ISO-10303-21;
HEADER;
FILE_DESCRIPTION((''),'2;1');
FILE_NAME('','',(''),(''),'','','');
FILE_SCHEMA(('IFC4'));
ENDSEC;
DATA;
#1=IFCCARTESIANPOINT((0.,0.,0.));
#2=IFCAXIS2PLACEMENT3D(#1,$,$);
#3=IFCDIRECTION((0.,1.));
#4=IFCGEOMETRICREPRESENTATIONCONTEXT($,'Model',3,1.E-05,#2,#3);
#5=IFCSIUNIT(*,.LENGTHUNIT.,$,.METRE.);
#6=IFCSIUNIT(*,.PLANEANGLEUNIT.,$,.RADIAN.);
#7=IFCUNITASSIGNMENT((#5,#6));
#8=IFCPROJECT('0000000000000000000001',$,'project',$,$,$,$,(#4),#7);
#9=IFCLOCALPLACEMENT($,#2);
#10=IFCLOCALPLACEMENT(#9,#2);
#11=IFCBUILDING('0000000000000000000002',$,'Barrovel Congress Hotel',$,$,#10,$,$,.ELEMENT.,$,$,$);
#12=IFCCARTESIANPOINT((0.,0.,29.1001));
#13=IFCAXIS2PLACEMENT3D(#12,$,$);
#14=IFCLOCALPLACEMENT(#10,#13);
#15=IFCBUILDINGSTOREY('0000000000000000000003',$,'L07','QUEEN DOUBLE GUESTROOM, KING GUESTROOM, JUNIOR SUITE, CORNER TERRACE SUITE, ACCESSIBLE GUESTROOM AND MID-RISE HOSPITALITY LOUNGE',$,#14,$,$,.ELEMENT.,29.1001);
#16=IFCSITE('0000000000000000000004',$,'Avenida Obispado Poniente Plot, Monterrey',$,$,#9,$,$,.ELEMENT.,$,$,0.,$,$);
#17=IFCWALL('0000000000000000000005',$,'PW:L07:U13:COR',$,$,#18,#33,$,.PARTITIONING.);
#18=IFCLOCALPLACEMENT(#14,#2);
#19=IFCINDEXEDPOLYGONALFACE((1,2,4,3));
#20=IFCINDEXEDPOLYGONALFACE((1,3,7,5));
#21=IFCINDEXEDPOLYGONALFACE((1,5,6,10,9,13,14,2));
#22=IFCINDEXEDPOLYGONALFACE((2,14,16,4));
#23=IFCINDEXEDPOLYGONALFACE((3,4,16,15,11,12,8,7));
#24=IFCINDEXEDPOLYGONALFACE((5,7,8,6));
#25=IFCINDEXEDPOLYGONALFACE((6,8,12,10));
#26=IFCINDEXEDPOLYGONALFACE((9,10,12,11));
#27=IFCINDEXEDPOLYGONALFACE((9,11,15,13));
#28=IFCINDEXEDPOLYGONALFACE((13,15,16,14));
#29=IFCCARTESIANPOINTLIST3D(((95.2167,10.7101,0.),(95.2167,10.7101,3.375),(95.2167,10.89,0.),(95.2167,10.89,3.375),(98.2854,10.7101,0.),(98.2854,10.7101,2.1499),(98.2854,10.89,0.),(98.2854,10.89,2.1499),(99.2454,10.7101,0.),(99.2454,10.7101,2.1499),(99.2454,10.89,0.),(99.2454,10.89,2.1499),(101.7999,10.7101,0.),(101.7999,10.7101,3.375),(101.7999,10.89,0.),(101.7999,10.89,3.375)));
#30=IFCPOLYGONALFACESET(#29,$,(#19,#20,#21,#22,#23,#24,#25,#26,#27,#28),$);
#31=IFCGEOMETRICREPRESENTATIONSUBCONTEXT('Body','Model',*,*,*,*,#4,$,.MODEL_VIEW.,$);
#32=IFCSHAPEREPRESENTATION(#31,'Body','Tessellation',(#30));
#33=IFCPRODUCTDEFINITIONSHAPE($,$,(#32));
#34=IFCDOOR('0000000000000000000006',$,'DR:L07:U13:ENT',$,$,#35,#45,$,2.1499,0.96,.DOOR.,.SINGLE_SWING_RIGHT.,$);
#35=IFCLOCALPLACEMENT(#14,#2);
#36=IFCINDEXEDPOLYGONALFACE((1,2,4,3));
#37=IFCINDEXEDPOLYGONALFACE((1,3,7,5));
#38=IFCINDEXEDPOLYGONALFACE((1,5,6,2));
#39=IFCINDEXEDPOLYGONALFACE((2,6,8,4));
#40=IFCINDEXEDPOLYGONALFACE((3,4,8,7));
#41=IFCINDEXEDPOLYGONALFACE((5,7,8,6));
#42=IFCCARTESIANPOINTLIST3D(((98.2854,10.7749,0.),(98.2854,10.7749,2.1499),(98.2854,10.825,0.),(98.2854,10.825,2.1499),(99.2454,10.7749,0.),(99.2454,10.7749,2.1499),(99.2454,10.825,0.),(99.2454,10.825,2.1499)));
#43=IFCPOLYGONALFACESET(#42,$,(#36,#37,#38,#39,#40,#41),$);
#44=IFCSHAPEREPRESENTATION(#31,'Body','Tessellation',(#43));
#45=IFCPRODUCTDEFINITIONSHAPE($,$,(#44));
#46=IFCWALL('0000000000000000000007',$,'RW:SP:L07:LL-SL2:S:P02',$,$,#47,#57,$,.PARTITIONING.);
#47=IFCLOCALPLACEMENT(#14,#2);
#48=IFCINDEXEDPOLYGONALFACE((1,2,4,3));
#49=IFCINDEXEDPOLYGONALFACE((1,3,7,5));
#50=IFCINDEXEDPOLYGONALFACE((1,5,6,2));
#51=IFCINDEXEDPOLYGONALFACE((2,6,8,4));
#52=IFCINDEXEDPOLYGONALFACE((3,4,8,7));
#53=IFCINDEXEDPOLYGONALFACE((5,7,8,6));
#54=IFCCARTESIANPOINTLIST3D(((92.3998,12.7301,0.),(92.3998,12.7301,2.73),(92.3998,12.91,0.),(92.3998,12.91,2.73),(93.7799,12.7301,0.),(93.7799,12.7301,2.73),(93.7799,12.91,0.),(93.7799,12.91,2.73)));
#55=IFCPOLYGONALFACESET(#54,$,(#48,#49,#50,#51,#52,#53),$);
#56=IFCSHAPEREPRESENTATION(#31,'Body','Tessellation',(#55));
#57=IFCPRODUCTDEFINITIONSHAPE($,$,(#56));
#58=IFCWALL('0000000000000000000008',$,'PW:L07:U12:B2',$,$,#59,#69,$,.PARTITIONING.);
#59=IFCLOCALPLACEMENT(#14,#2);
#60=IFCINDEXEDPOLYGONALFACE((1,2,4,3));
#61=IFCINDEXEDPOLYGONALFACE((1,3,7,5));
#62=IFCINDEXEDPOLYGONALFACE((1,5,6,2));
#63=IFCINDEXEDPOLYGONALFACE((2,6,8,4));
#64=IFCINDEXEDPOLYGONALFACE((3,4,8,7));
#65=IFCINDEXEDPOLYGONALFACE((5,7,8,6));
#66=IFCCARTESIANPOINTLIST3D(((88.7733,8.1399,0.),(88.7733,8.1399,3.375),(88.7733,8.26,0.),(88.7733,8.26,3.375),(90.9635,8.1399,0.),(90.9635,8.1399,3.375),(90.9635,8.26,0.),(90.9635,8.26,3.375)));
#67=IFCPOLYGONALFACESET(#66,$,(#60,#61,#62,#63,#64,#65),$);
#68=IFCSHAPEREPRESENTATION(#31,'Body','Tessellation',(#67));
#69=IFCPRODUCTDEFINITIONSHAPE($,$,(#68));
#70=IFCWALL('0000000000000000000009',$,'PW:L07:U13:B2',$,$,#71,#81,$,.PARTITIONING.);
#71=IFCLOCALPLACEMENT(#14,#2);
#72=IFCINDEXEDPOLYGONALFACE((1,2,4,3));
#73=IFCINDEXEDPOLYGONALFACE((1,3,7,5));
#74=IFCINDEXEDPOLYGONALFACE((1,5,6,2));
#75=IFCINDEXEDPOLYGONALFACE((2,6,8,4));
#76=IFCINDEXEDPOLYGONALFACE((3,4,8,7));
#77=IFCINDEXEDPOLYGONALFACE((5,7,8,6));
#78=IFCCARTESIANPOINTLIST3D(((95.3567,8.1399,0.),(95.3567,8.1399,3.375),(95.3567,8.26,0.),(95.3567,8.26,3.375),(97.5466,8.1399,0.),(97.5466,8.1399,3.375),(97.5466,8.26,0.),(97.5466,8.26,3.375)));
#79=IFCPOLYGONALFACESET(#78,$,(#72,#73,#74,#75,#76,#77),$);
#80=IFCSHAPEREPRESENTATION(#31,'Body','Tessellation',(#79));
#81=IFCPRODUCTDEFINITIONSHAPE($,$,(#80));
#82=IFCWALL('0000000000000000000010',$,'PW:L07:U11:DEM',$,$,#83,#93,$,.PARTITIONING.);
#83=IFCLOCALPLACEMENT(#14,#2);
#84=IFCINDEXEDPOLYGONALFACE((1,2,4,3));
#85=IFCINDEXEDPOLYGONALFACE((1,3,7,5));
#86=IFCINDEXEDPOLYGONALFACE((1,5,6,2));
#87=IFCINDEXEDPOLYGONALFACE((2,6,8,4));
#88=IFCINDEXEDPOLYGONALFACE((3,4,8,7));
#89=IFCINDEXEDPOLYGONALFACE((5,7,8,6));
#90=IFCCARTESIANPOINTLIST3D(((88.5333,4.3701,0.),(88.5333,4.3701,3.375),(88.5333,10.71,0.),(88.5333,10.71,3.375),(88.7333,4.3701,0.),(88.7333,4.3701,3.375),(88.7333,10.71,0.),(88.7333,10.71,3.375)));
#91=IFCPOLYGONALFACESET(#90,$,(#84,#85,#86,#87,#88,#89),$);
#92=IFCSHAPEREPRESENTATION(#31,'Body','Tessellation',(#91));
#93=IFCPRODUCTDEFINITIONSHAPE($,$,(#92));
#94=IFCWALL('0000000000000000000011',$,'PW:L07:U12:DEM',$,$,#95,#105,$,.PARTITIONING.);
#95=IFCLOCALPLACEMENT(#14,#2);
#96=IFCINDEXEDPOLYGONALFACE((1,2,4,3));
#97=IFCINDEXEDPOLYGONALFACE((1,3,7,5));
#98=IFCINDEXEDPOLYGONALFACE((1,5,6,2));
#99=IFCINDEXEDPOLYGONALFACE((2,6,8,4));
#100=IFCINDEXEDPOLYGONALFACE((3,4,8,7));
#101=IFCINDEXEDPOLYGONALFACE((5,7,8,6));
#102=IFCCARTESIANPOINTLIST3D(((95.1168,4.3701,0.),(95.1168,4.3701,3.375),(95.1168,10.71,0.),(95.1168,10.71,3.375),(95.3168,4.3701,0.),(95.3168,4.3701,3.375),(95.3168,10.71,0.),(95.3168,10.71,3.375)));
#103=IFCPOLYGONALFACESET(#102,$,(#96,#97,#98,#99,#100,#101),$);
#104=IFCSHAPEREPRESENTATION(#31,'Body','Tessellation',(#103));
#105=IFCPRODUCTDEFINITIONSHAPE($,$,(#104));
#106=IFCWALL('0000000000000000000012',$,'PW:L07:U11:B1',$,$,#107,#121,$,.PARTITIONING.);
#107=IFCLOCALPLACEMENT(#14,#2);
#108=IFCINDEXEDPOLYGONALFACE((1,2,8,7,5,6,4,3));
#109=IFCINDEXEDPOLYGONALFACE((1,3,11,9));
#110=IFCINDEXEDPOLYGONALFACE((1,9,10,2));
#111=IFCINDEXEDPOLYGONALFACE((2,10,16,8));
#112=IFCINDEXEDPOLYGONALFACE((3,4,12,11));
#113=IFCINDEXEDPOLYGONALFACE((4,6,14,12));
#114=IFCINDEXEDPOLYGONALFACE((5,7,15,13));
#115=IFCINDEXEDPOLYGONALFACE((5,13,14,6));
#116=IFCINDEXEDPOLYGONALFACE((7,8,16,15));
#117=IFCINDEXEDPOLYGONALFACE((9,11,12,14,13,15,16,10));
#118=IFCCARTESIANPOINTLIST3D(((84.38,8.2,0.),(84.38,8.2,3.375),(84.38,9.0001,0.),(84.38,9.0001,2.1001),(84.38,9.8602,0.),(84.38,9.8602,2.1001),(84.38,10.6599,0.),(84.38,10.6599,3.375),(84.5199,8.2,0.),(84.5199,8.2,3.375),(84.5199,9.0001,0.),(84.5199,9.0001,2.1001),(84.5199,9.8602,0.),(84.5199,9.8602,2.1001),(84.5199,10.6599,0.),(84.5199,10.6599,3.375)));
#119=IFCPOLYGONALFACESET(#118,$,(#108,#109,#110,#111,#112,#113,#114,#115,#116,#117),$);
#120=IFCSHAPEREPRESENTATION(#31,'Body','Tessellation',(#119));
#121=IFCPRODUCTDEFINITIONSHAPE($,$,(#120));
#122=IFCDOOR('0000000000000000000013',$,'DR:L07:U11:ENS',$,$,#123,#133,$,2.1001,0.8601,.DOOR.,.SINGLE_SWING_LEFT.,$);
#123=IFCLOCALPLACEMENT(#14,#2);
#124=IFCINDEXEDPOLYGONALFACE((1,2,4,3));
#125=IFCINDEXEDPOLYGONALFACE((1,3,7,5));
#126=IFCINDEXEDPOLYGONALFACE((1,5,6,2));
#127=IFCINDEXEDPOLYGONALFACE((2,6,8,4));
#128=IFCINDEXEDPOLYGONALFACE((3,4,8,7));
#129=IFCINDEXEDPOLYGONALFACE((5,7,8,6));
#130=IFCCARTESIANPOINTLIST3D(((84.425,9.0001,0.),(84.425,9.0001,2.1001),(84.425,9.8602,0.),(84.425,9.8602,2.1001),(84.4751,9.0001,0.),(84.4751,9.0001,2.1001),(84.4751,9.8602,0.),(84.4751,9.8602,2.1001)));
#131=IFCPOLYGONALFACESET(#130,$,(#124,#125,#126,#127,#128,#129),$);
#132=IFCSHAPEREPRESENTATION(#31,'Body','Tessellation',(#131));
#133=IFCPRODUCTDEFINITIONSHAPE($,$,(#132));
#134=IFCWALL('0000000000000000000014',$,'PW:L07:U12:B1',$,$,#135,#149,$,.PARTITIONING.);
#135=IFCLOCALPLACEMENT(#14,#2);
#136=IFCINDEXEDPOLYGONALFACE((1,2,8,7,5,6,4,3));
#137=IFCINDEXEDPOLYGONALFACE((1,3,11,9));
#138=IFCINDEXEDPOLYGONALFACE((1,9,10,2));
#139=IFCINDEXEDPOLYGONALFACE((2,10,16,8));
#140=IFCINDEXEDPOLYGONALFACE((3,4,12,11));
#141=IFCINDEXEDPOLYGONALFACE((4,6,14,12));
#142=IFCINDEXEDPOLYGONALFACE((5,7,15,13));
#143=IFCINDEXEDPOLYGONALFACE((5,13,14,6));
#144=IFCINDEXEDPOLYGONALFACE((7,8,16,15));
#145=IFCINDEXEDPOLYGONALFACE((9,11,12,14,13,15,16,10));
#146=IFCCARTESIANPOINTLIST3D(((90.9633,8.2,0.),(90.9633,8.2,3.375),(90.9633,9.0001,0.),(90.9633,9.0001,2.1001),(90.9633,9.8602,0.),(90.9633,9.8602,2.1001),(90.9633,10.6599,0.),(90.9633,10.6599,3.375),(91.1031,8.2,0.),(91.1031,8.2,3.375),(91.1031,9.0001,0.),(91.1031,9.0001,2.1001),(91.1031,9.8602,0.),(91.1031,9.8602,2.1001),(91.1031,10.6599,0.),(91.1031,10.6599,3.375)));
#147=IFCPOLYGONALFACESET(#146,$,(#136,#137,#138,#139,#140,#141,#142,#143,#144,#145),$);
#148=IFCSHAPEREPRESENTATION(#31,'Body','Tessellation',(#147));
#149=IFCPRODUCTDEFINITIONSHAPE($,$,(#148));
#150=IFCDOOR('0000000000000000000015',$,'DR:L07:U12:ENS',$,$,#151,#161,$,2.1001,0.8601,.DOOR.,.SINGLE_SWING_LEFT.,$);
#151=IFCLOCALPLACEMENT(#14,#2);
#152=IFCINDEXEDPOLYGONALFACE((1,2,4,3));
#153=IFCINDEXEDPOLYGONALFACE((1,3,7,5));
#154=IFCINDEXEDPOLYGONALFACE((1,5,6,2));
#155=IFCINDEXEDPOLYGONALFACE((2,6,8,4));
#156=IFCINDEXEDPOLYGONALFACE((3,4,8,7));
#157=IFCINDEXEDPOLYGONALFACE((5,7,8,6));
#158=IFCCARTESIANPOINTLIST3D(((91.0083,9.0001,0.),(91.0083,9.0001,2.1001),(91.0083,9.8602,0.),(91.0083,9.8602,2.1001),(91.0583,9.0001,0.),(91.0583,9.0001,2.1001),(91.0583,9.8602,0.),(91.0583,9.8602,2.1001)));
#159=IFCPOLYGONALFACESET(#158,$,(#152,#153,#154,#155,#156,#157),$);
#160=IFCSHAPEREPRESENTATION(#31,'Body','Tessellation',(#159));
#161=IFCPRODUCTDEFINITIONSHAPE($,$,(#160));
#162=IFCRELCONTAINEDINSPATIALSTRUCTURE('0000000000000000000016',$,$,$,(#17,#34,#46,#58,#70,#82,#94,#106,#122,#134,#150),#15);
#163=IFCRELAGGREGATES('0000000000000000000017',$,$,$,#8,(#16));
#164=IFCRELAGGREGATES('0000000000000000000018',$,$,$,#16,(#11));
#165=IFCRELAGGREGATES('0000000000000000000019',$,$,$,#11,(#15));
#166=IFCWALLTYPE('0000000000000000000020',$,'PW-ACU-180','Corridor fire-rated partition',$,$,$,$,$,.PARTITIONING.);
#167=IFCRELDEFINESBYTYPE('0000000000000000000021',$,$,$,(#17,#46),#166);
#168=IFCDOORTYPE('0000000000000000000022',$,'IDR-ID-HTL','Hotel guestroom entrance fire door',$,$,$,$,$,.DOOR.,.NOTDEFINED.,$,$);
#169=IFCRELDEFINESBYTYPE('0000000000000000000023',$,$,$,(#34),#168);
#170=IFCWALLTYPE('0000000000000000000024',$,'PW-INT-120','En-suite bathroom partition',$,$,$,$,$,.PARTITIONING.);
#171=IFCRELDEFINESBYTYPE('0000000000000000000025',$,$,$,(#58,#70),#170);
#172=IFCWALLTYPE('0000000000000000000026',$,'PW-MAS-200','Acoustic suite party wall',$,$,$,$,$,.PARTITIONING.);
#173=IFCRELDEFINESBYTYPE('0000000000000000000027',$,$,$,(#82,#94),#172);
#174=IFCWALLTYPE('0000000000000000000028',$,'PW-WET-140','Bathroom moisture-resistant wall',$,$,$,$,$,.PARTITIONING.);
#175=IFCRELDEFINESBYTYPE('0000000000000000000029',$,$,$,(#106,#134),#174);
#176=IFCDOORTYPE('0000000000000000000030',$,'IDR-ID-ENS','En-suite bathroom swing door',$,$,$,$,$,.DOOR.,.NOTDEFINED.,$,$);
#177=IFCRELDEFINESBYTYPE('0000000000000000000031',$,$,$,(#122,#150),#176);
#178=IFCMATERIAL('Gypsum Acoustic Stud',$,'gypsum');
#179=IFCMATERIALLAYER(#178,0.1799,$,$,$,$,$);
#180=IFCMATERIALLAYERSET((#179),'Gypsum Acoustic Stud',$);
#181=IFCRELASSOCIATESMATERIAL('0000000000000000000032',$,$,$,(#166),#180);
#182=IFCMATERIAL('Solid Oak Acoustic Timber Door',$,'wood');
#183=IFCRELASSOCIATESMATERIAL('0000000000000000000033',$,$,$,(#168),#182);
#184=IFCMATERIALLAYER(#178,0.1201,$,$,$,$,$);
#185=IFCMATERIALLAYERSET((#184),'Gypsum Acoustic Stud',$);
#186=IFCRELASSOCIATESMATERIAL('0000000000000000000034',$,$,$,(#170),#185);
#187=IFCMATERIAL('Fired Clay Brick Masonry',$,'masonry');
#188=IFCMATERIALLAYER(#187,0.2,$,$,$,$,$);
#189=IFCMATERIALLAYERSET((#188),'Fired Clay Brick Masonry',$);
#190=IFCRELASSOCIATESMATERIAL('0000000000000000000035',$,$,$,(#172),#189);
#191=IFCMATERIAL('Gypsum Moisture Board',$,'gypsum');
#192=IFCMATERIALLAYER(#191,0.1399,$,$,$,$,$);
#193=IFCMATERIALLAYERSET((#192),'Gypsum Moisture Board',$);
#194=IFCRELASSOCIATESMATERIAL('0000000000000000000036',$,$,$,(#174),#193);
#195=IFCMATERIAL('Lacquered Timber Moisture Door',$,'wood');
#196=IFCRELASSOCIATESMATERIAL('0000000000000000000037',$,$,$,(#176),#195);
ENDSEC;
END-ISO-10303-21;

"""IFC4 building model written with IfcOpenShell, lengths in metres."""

from ifc_helpers import new_model, si_unit, direction, frame, frame_2d, origin, place, context, subcontext, project, spatial, rectangle, extrude, material, layer, layer_set, type_object, element, fill, save


model = new_model("IFC4")

# Units and contexts
model_context = context("Model", 3, precision=1e-05, world=origin(), true_north=direction((0.0, 1.0)))
body_context = subcontext(model_context, "Body", "Model", "MODEL_VIEW")
ifc_project = project(units=[si_unit("LENGTHUNIT", "METRE"), si_unit("PLANEANGLEUNIT", "RADIAN")], contexts=[model_context])

# Site, building, storey
site_placement = place(None, origin())
site = spatial("IfcSite", under=ifc_project, at=site_placement, Name="Avenida Obispado Poniente Plot, Monterrey", CompositionType="ELEMENT", RefElevation=0.0)
building_placement = place(site_placement, origin())
building = spatial("IfcBuilding", under=site, at=building_placement, Name="Barrovel Congress Hotel", CompositionType="ELEMENT")
storey_placement = place(building_placement, frame((0.0, 0.0, 29.1001)))
storey = spatial("IfcBuildingStorey", under=building, at=storey_placement, Name="L07", Description="QUEEN DOUBLE GUESTROOM, KING GUESTROOM, JUNIOR SUITE, CORNER TERRACE SUITE, ACCESSIBLE GUESTROOM AND MID-RISE HOSPITALITY LOUNGE", CompositionType="ELEMENT", Elevation=29.1001)

# Shared definitions
ifc_material_1 = material(Name="Fired Clay Brick Masonry", Category="masonry")

# Wall, opening, door
ifc_material_2 = material(Name="Gypsum Acoustic Stud", Category="gypsum")
ifc_layer_1 = layer(ifc_material_2, 0.1799)
ifc_layer_set_1 = layer_set([ifc_layer_1], Name="Gypsum Acoustic Stud")
wall_type_1 = type_object("IfcWallType", Name="PW-ACU-180", Description="Corridor fire-rated partition", PredefinedType="PARTITIONING", material=ifc_layer_set_1)
ifc_material_3 = material(Name="Solid Oak Acoustic Timber Door", Category="wood")
door_type_1 = type_object("IfcDoorType", Name="IDR-ID-HTL", Description="Hotel guestroom entrance fire door", OperationType="NOTDEFINED", PredefinedType="DOOR", material=ifc_material_3)
wall_1_placement = place(storey_placement, frame((95.2168, 10.8, 0.0), z_axis=(0.0, 0.0, 1.0), x_axis=(1.0, 0.0, 0.0)))
wall_1 = element("IfcWall", 1, at=wall_1_placement, inside=storey, type_object=wall_type_1, Name="PW:L07:U13:COR", PredefinedType="PARTITIONING", context=body_context, shape_type="SweptSolid", body=[
    extrude(rectangle(XDim=6.5833, YDim=0.1799, at=frame_2d((3.2915, 0.0))), origin(), (0.0, 0.0, 1.0), 3.375),
])
opening_1_placement = place(wall_1_placement, frame((3.0686, 0.0, 0.0)))
opening_1 = element("IfcOpeningElement", 2, at=opening_1_placement, cuts=wall_1, PredefinedType="OPENING", context=body_context, shape_type="SweptSolid", body=[
    extrude(rectangle(XDim=0.96, YDim=2.1499, at=frame_2d((0.48, 1.075))), frame((0.0, 0.1001, 0.0), z_axis=(0.0, -1.0, 0.0), x_axis=(1.0, 0.0, 0.0)), (0.0, 0.0, 1.0), 0.2),
])
door_1_placement = place(opening_1_placement, origin())
door_1 = element("IfcDoor", 3, at=door_1_placement, inside=storey, type_object=door_type_1, Name="DR:L07:U13:ENT", OperationType="SINGLE_SWING_RIGHT", OverallHeight=2.1499, OverallWidth=0.96, PredefinedType="DOOR", context=body_context, shape_type="SweptSolid", body=[
    extrude(rectangle(XDim=0.96, YDim=2.1499, at=frame_2d((0.48, 1.075))), frame((0.0, 0.0249, 0.0), z_axis=(0.0, -1.0, 0.0), x_axis=(1.0, 0.0, 0.0)), (0.0, 0.0, 1.0), 0.05),
])
fill(opening_1, door_1)

# Walls
wall_2_placement = place(storey_placement, frame((92.3999, 12.8201, 0.0), z_axis=(0.0, 0.0, 1.0), x_axis=(1.0, 0.0, 0.0)))
element("IfcWall", 4, at=wall_2_placement, inside=storey, type_object=wall_type_1, Name="RW:SP:L07:LL-SL2:S:P02", PredefinedType="PARTITIONING", context=body_context, shape_type="SweptSolid", body=[
    extrude(rectangle(XDim=1.3801, YDim=0.1799, at=frame_2d((0.6899, 0.0))), origin(), (0.0, 0.0, 1.0), 2.73),
])
ifc_layer_2 = layer(ifc_material_2, 0.1201)
ifc_layer_set_2 = layer_set([ifc_layer_2], Name="Gypsum Acoustic Stud")
wall_type_2 = type_object("IfcWallType", Name="PW-INT-120", Description="En-suite bathroom partition", PredefinedType="PARTITIONING", material=ifc_layer_set_2)
wall_3_placement = place(storey_placement, frame((88.7732, 8.2, 0.0), z_axis=(0.0, 0.0, 1.0), x_axis=(1.0, 0.0, 0.0)))
element("IfcWall", 5, at=wall_3_placement, inside=storey, type_object=wall_type_2, Name="PW:L07:U12:B2", PredefinedType="PARTITIONING", context=body_context, shape_type="SweptSolid", body=[
    extrude(rectangle(XDim=2.1902, YDim=0.1201, at=frame_2d((1.0952, 0.0))), origin(), (0.0, 0.0, 1.0), 3.375),
])
wall_4_placement = place(storey_placement, frame((95.3567, 8.2, 0.0), z_axis=(0.0, 0.0, 1.0), x_axis=(1.0, 0.0, 0.0)))
element("IfcWall", 6, at=wall_4_placement, inside=storey, type_object=wall_type_2, Name="PW:L07:U13:B2", PredefinedType="PARTITIONING", context=body_context, shape_type="SweptSolid", body=[
    extrude(rectangle(XDim=2.1899, YDim=0.1201, at=frame_2d((1.095, 0.0))), origin(), (0.0, 0.0, 1.0), 3.375),
])
ifc_layer_3 = layer(ifc_material_1, 0.2)
ifc_layer_set_3 = layer_set([ifc_layer_3], Name="Fired Clay Brick Masonry")
wall_type_3 = type_object("IfcWallType", Name="PW-MAS-200", Description="Acoustic suite party wall", PredefinedType="PARTITIONING", material=ifc_layer_set_3)
for number, where, z_axis, x_axis, name in (
    (7, (88.6333, 4.3701, 0.0), (0.0, 0.0, 1.0), (0.0, 1.0, 0.0), "PW:L07:U11:DEM"),
    (8, (95.2168, 4.3701, 0.0), (0.0, 0.0, 1.0), (0.0, 1.0, 0.0), "PW:L07:U12:DEM"),
):
    element("IfcWall", number, at=place(storey_placement, frame(where, z_axis=z_axis, x_axis=x_axis)), inside=storey, type_object=wall_type_3, Name=name, PredefinedType="PARTITIONING", context=body_context, shape_type="SweptSolid", body=[
        extrude(rectangle(XDim=6.3398, YDim=0.2, at=frame_2d((3.1699, 0.0))), origin(), (0.0, 0.0, 1.0), 3.375),
    ])

# Walls, openings, doors
ifc_material_4 = material(Name="Gypsum Moisture Board", Category="gypsum")
ifc_layer_4 = layer(ifc_material_4, 0.1399)
ifc_layer_set_4 = layer_set([ifc_layer_4], Name="Gypsum Moisture Board")
wall_type_4 = type_object("IfcWallType", Name="PW-WET-140", Description="Bathroom moisture-resistant wall", PredefinedType="PARTITIONING", material=ifc_layer_set_4)
wall_5_placement = place(storey_placement, frame((84.45, 8.2, 0.0), z_axis=(0.0, 0.0, 1.0), x_axis=(0.0, 1.0, 0.0)))
wall_5 = element("IfcWall", 9, at=wall_5_placement, inside=storey, type_object=wall_type_4, Name="PW:L07:U11:B1", PredefinedType="PARTITIONING", context=body_context, shape_type="SweptSolid", body=[
    extrude(rectangle(XDim=2.46, YDim=0.1399, at=frame_2d((1.23, 0.0))), origin(), (0.0, 0.0, 1.0), 3.375),
])
opening_2_placement = place(wall_5_placement, frame((0.8, 0.0, 0.0)))
opening_2 = element("IfcOpeningElement", 10, at=opening_2_placement, cuts=wall_5, PredefinedType="OPENING", context=body_context, shape_type="SweptSolid", body=[
    extrude(rectangle(XDim=0.8601, YDim=2.1001, at=frame_2d((0.4302, 1.05))), frame((0.0, 0.0801, 0.0), z_axis=(0.0, -1.0, 0.0), x_axis=(1.0, 0.0, 0.0)), (0.0, 0.0, 1.0), 0.1599),
])
ifc_material_5 = material(Name="Lacquered Timber Moisture Door", Category="wood")
door_type_2 = type_object("IfcDoorType", Name="IDR-ID-ENS", Description="En-suite bathroom swing door", OperationType="NOTDEFINED", PredefinedType="DOOR", material=ifc_material_5)
door_2_placement = place(opening_2_placement, origin())
door_2 = element("IfcDoor", 11, at=door_2_placement, inside=storey, type_object=door_type_2, Name="DR:L07:U11:ENS", OperationType="SINGLE_SWING_LEFT", OverallHeight=2.1001, OverallWidth=0.8601, PredefinedType="DOOR", context=body_context, shape_type="SweptSolid", body=[
    extrude(rectangle(XDim=0.8601, YDim=2.1001, at=frame_2d((0.4302, 1.05))), frame((0.0, 0.0249, 0.0), z_axis=(0.0, -1.0, 0.0), x_axis=(1.0, 0.0, 0.0)), (0.0, 0.0, 1.0), 0.05),
])
fill(opening_2, door_2)
wall_6_placement = place(storey_placement, frame((91.0332, 8.2, 0.0), z_axis=(0.0, 0.0, 1.0), x_axis=(0.0, 1.0, 0.0)))
wall_6 = element("IfcWall", 12, at=wall_6_placement, inside=storey, type_object=wall_type_4, Name="PW:L07:U12:B1", PredefinedType="PARTITIONING", context=body_context, shape_type="SweptSolid", body=[
    extrude(rectangle(XDim=2.46, YDim=0.1399, at=frame_2d((1.23, 0.0))), origin(), (0.0, 0.0, 1.0), 3.375),
])
opening_3_placement = place(wall_6_placement, frame((0.8, 0.0, 0.0)))
opening_3 = element("IfcOpeningElement", 13, at=opening_3_placement, cuts=wall_6, PredefinedType="OPENING", context=body_context, shape_type="SweptSolid", body=[
    extrude(rectangle(XDim=0.8601, YDim=2.1001, at=frame_2d((0.4302, 1.05))), frame((0.0, 0.0801, 0.0), z_axis=(0.0, -1.0, 0.0), x_axis=(1.0, 0.0, 0.0)), (0.0, 0.0, 1.0), 0.1599),
])
door_3_placement = place(opening_3_placement, origin())
door_3 = element("IfcDoor", 14, at=door_3_placement, inside=storey, type_object=door_type_2, Name="DR:L07:U12:ENS", OperationType="SINGLE_SWING_LEFT", OverallHeight=2.1001, OverallWidth=0.8601, PredefinedType="DOOR", context=body_context, shape_type="SweptSolid", body=[
    extrude(rectangle(XDim=0.8601, YDim=2.1001, at=frame_2d((0.4302, 1.05))), frame((0.0, 0.0249, 0.0), z_axis=(0.0, -1.0, 0.0), x_axis=(1.0, 0.0, 0.0)), (0.0, 0.0, 1.0), 0.05),
])
fill(opening_3, door_3)

save(model, "model.ifc")
